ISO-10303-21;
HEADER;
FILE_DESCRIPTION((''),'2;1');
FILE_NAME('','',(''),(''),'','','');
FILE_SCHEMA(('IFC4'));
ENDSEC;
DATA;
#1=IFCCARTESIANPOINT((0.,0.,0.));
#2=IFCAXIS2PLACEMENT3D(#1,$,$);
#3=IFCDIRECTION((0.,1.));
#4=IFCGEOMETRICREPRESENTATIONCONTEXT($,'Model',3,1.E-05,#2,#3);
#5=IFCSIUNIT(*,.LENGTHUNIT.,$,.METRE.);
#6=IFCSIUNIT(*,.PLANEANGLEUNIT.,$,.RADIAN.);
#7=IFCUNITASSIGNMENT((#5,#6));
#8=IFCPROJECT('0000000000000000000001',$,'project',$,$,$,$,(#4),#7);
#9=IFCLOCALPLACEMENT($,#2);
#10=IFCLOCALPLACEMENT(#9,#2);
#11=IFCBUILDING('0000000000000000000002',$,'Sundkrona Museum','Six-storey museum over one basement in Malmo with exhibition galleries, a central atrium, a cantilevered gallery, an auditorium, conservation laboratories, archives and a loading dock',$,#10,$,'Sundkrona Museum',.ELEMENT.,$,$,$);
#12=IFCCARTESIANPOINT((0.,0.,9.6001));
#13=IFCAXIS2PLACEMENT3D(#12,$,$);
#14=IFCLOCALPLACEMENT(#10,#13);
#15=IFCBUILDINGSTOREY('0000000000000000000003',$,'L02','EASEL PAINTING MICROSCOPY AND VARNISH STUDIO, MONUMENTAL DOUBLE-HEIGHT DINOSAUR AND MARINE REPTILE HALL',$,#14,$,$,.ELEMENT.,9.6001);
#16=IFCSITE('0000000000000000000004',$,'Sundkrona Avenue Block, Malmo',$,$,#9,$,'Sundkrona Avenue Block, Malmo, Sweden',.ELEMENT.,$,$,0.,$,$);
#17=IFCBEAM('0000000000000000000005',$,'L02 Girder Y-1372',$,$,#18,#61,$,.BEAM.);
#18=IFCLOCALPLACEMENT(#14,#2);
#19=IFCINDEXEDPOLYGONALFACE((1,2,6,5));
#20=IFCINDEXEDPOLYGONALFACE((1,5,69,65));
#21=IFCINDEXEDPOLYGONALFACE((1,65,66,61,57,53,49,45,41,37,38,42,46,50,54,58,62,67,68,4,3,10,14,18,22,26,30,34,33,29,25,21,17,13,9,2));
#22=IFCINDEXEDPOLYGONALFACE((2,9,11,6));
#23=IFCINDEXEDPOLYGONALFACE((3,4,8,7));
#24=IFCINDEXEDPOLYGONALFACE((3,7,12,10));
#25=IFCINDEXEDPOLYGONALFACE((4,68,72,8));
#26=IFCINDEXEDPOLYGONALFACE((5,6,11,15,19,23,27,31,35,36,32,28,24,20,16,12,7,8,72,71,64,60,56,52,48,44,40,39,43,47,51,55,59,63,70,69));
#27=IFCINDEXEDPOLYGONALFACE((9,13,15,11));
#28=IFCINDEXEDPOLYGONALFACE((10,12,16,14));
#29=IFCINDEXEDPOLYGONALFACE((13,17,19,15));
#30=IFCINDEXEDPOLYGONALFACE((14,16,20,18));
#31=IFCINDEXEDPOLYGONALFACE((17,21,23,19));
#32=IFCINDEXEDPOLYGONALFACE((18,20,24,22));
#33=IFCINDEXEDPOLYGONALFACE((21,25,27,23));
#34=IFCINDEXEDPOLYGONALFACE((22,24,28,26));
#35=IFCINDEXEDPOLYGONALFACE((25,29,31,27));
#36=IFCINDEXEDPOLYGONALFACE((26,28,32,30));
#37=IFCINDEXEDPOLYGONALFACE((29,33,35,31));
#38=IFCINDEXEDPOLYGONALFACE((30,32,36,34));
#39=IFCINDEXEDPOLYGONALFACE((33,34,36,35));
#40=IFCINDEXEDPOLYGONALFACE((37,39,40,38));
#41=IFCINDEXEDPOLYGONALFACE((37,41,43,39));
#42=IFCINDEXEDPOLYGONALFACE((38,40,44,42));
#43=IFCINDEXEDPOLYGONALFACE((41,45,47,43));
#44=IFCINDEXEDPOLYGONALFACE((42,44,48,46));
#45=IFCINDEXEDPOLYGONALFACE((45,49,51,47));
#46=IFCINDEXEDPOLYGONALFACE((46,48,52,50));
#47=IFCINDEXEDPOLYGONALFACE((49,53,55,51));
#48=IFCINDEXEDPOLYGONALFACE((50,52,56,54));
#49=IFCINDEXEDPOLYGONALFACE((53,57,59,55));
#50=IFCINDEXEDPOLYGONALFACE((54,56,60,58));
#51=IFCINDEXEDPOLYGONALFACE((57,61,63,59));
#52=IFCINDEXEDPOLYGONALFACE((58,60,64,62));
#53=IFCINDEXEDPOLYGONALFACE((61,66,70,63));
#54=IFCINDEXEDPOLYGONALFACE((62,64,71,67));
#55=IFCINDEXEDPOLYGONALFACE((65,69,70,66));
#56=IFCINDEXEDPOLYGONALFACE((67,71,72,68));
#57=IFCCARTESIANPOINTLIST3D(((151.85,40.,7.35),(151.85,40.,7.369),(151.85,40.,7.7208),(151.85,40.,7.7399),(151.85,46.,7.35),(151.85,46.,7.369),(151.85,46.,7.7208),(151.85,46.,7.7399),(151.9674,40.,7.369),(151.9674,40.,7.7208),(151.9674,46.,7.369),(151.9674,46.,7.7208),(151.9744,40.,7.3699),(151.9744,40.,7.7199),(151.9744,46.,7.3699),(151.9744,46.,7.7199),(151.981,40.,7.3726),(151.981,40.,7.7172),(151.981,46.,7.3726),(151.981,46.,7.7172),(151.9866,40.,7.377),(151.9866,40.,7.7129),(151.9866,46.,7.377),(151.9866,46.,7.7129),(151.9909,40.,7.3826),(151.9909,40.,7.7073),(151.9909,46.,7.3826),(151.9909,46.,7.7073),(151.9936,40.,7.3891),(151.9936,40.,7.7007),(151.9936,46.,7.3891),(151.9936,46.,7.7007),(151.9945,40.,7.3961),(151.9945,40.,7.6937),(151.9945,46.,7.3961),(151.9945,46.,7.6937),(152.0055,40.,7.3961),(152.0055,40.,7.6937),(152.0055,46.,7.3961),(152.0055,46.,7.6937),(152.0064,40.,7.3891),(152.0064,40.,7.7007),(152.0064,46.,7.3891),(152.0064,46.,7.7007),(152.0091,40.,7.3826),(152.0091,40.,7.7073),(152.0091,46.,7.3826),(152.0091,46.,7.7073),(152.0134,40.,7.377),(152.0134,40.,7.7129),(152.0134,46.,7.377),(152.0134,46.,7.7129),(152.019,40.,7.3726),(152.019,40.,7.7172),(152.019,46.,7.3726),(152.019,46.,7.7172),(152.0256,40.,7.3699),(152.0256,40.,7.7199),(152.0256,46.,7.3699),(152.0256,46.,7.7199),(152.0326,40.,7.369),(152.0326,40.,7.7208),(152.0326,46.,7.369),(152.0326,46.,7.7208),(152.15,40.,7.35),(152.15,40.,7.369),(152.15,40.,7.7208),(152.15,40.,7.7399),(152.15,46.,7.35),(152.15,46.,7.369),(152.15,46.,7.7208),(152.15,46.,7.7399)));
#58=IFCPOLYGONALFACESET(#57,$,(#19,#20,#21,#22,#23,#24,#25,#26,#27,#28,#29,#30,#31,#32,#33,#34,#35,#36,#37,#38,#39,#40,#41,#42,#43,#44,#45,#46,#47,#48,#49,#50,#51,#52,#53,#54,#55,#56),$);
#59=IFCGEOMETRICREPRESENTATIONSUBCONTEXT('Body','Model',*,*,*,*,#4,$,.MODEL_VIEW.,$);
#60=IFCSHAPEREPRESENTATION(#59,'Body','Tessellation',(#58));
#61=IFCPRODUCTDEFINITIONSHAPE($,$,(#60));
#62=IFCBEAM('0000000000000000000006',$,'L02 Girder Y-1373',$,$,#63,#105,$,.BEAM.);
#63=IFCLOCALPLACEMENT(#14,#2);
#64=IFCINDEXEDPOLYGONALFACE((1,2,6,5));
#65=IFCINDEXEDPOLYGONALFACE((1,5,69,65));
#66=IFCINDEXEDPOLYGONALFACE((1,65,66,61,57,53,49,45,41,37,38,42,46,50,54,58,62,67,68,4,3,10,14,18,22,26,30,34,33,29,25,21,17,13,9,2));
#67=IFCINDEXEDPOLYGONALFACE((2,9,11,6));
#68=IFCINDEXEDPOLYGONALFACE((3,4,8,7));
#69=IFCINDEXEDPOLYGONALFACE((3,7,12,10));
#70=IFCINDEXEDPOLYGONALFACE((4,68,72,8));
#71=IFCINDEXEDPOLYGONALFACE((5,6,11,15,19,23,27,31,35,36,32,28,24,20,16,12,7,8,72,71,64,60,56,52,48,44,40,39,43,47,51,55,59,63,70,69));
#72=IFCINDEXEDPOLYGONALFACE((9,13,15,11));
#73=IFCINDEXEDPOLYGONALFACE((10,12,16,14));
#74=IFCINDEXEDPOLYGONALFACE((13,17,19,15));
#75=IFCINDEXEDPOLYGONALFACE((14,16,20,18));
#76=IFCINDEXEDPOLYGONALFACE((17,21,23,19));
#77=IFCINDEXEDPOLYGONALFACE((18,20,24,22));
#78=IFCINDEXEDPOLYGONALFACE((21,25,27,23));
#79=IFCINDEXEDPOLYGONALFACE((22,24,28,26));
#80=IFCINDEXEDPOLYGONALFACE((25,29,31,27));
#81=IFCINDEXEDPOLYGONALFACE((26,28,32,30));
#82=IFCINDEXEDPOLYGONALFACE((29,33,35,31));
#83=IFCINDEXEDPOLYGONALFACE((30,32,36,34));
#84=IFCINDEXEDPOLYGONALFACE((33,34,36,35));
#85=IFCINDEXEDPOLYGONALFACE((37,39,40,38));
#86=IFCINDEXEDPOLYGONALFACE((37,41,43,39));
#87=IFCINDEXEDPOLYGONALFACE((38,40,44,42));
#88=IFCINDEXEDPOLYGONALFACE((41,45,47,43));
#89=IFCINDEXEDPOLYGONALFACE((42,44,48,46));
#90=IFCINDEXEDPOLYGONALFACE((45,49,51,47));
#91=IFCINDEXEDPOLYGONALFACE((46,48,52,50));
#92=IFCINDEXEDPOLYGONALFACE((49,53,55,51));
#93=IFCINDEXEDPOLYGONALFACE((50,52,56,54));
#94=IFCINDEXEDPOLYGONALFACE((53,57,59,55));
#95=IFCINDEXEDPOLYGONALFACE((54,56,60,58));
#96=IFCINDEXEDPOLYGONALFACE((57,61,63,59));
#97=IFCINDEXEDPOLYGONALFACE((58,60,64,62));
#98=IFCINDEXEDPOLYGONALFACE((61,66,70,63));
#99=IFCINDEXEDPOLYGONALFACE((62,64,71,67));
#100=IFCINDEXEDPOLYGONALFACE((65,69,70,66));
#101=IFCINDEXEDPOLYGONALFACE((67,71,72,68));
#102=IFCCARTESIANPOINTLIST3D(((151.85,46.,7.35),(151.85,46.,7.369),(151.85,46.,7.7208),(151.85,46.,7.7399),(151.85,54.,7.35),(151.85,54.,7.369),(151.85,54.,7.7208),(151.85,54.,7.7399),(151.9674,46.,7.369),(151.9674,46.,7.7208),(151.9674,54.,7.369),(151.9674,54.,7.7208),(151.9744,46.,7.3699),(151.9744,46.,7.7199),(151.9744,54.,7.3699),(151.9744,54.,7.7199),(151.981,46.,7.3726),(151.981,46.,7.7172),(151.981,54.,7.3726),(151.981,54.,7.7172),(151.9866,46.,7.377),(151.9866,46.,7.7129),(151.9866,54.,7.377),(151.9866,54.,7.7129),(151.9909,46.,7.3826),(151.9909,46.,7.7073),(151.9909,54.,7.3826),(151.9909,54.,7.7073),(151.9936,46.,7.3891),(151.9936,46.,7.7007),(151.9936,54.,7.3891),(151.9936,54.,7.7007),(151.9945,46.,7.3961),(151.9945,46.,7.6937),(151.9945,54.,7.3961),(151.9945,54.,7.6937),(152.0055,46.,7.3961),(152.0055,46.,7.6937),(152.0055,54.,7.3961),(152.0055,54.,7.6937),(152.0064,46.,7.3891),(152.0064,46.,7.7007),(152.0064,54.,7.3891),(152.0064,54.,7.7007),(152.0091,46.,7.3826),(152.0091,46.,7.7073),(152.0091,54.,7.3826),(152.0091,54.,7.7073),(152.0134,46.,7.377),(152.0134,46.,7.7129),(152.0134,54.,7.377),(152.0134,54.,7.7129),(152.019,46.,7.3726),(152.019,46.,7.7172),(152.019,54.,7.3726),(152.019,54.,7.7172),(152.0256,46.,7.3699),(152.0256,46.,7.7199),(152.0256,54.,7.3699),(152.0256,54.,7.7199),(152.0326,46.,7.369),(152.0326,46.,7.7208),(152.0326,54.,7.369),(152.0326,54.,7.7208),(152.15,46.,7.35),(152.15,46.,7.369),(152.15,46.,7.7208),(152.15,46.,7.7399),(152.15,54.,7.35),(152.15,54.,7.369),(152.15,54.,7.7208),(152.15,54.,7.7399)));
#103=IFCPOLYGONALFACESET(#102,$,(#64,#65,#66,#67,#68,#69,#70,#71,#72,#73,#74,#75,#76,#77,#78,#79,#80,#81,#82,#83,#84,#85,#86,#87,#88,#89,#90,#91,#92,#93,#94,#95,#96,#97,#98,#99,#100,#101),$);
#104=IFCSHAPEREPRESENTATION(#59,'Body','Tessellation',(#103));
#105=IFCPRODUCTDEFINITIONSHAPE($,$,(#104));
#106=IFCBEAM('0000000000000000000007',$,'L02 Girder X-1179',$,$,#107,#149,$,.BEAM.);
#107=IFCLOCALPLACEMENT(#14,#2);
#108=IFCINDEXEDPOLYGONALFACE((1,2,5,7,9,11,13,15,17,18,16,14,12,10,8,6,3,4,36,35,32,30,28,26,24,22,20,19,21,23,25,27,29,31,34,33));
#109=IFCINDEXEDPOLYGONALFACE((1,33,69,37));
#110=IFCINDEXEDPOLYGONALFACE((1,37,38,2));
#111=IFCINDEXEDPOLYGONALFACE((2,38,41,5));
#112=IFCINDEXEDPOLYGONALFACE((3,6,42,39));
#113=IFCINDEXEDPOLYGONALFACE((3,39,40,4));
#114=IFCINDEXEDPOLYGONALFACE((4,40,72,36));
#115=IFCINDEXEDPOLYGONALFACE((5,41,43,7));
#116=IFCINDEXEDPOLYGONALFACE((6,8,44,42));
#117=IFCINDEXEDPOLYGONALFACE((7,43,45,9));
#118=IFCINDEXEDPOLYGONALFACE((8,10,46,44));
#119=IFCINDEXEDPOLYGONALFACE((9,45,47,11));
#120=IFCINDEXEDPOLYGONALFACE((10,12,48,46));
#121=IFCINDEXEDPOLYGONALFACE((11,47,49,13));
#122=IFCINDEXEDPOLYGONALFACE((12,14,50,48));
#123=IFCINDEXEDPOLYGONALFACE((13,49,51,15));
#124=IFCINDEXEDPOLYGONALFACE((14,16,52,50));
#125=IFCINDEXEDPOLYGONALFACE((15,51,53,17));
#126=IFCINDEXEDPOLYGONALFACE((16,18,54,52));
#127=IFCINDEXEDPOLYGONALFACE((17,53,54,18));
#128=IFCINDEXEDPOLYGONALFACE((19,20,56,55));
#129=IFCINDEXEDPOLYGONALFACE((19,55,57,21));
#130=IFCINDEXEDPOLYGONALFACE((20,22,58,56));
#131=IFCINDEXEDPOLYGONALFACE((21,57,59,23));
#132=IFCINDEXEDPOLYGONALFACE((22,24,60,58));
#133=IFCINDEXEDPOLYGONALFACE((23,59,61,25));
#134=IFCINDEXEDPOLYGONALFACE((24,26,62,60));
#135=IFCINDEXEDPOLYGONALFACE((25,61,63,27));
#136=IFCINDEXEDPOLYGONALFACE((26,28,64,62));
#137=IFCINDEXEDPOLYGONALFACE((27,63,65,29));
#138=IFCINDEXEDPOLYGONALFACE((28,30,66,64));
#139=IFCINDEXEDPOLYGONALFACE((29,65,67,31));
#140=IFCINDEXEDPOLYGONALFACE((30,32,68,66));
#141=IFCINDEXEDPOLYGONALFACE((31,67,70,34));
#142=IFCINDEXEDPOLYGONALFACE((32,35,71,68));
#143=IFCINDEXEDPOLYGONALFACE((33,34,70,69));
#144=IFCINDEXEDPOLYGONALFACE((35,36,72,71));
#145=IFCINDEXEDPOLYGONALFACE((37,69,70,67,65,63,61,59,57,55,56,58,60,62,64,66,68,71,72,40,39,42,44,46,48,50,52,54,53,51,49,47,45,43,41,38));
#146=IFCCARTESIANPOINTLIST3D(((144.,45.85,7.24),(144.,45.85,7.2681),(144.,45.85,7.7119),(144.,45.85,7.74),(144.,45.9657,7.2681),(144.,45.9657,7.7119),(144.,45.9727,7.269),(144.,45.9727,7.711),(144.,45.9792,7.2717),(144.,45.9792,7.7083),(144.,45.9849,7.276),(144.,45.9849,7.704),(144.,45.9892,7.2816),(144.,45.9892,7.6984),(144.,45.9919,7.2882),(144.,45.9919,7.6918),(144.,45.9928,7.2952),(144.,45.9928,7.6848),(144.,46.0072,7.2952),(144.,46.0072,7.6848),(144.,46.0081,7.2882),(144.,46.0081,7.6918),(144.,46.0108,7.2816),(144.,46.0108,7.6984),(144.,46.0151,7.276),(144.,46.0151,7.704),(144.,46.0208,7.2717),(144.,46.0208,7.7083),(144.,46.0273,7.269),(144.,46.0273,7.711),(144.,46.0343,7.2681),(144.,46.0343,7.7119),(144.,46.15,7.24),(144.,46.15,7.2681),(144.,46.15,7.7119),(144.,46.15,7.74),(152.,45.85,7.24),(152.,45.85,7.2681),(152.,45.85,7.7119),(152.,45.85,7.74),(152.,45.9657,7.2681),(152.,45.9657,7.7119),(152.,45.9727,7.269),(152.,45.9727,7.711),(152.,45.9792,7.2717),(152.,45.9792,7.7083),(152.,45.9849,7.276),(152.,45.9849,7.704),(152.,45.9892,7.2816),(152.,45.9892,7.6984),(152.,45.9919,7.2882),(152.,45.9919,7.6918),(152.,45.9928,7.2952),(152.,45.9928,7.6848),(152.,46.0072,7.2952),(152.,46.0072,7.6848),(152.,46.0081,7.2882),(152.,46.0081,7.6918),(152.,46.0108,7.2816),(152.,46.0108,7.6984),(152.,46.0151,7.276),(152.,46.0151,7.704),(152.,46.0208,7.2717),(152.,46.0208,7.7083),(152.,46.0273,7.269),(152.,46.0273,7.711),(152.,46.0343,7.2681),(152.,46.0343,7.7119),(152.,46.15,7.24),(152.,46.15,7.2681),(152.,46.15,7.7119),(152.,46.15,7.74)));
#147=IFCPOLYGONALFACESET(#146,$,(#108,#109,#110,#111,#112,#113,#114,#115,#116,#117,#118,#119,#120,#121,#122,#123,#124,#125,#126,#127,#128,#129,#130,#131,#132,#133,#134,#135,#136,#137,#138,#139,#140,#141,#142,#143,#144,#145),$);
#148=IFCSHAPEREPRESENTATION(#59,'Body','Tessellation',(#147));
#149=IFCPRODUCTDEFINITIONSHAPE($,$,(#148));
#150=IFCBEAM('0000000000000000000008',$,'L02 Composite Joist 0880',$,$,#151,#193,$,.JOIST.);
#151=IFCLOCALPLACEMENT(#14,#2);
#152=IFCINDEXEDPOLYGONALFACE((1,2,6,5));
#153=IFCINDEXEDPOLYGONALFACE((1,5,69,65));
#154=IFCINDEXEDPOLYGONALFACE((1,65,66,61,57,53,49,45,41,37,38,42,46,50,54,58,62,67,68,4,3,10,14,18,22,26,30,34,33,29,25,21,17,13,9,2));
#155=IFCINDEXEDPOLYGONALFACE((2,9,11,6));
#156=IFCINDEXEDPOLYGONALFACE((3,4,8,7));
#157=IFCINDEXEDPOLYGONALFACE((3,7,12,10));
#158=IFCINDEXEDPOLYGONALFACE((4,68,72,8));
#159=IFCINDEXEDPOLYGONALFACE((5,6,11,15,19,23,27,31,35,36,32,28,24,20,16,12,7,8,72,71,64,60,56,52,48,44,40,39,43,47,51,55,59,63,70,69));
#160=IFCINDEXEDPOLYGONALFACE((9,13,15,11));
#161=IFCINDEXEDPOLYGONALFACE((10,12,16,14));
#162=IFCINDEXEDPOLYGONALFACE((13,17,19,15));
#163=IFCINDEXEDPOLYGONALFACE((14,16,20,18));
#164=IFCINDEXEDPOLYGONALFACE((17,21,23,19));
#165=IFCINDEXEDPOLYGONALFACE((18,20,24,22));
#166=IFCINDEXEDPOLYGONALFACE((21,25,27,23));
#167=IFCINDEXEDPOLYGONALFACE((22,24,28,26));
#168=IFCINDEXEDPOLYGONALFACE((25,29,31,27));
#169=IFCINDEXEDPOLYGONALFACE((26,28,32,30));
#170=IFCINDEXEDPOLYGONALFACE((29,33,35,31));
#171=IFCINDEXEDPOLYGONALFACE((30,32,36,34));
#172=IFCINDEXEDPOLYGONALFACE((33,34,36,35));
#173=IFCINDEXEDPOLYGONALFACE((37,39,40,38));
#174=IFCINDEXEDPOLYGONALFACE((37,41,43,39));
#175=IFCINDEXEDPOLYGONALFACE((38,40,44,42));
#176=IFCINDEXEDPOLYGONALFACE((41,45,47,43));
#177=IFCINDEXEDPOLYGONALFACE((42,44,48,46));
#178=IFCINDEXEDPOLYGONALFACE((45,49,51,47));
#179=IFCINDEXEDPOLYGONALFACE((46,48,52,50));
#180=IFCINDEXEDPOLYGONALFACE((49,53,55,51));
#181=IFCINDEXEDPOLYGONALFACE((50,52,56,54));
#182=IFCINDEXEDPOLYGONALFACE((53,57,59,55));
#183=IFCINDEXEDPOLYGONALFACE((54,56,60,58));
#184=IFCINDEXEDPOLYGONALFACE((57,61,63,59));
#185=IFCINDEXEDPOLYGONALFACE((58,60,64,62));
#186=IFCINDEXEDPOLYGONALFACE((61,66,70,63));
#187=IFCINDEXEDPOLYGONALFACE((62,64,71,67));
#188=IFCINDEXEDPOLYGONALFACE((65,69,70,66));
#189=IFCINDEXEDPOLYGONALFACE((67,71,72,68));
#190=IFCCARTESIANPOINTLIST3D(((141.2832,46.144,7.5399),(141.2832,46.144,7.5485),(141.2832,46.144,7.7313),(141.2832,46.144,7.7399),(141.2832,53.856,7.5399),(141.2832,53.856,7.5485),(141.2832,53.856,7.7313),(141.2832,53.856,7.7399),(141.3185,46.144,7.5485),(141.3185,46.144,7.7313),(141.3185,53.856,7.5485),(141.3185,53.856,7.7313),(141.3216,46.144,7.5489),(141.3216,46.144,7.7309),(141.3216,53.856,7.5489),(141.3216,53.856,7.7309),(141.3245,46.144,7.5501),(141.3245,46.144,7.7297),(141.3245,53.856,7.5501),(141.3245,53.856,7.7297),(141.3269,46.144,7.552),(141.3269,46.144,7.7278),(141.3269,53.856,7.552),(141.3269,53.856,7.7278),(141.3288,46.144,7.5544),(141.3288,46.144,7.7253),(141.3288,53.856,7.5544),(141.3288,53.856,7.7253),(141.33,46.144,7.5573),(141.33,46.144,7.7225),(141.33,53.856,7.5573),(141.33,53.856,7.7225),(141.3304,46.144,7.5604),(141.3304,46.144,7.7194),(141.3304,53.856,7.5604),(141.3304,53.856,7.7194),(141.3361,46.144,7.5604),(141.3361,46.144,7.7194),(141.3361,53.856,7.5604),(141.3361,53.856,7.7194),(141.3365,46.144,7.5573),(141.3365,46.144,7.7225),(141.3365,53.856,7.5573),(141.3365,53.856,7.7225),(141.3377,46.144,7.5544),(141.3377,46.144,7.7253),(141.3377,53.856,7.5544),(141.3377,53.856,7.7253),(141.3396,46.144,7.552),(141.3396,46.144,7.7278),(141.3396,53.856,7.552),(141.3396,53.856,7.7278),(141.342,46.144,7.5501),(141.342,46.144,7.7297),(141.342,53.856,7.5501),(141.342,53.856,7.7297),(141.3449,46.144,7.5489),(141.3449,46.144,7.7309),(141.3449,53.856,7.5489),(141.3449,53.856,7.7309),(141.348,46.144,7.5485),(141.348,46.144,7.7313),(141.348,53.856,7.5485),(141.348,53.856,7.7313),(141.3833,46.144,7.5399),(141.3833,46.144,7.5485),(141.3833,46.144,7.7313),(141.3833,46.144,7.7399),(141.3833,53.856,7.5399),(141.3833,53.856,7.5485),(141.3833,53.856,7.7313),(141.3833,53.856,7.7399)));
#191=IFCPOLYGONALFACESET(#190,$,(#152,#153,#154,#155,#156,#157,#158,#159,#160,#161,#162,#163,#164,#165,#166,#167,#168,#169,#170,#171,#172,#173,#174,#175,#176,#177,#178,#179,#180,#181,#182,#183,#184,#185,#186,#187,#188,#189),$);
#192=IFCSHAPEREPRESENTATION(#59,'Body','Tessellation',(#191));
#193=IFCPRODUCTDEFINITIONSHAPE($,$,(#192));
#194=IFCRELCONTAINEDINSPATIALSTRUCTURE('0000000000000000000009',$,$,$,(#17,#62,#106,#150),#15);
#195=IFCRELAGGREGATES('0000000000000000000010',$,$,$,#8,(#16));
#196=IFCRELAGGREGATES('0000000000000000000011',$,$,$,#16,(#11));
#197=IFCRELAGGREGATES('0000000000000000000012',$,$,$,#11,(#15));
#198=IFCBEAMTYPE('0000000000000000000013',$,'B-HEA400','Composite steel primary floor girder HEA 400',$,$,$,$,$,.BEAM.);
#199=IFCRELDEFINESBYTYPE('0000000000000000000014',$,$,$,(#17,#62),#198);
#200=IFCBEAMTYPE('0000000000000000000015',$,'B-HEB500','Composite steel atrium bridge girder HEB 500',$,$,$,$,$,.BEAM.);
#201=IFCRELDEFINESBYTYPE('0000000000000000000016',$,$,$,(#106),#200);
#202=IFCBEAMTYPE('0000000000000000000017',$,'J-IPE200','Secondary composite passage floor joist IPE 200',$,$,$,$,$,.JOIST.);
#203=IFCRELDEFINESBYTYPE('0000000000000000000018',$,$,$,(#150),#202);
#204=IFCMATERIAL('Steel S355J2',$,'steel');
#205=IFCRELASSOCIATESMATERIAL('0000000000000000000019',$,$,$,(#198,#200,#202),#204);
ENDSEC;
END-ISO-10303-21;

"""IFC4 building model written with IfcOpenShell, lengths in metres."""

from ifc_helpers import new_model, si_unit, direction, frame, origin, origin_2d, place, context, subcontext, project, spatial, i_section, extrude, material, material_profile, profile_set, type_object, element, save


model = new_model("IFC4")

# Units and contexts
model_context = context("Model", 3, precision=1e-05, world=origin(), true_north=direction((0.0, 1.0)))
body_context = subcontext(model_context, "Body", "Model", "MODEL_VIEW")
ifc_project = project(units=[si_unit("LENGTHUNIT", "METRE"), si_unit("PLANEANGLEUNIT", "RADIAN")], contexts=[model_context])

# Site, building, storey
site_placement = place(None, origin())
site = spatial("IfcSite", under=ifc_project, at=site_placement, Name="Sundkrona Avenue Block, Malmo", LongName="Sundkrona Avenue Block, Malmo, Sweden", CompositionType="ELEMENT", RefElevation=0.0)
building_placement = place(site_placement, origin())
building = spatial("IfcBuilding", under=site, at=building_placement, Name="Sundkrona Museum", Description="Six-storey museum over one basement in Malmo with exhibition galleries, a central atrium, a cantilevered gallery, an auditorium, conservation laboratories, archives and a loading dock", LongName="Sundkrona Museum", CompositionType="ELEMENT")
storey_placement = place(building_placement, frame((0.0, 0.0, 9.6001)))
storey = spatial("IfcBuildingStorey", under=building, at=storey_placement, Name="L02", Description="EASEL PAINTING MICROSCOPY AND VARNISH STUDIO, MONUMENTAL DOUBLE-HEIGHT DINOSAUR AND MARINE REPTILE HALL", CompositionType="ELEMENT", Elevation=9.6001)

# Shared definitions
ifc_material_1 = material(Name="Steel S355J2", Category="steel")

# Beams
ifc_material_profile_1 = material_profile(ifc_material_1, i_section(OverallWidth=0.3, OverallDepth=0.3899, WebThickness=0.011, FlangeThickness=0.019, FilletRadius=0.0271, at=origin_2d()), Name="HEA 400")
ifc_profile_set_1 = profile_set([ifc_material_profile_1], Name="Steel S355J2")
beam_type_1 = type_object("IfcBeamType", Name="B-HEA400", Description="Composite steel primary floor girder HEA 400", PredefinedType="BEAM", material=ifc_profile_set_1)
beam_1_placement = place(storey_placement, frame((152.0, 40.0, 7.5449), z_axis=(0.0, 1.0, 0.0), x_axis=(-1.0, 0.0, 0.0)))
element("IfcBeam", 1, at=beam_1_placement, inside=storey, type_object=beam_type_1, Name="L02 Girder Y-1372", PredefinedType="BEAM", context=body_context, shape_type="SweptSolid", body=[
    extrude(i_section(OverallWidth=0.3, OverallDepth=0.3899, WebThickness=0.011, FlangeThickness=0.019, FilletRadius=0.0271, at=origin_2d()), origin(), (0.0, 0.0, 1.0), 6.0),
])
beam_2_placement = place(storey_placement, frame((152.0, 46.0, 7.5449), z_axis=(0.0, 1.0, 0.0), x_axis=(-1.0, 0.0, 0.0)))
element("IfcBeam", 2, at=beam_2_placement, inside=storey, type_object=beam_type_1, Name="L02 Girder Y-1373", PredefinedType="BEAM", context=body_context, shape_type="SweptSolid", body=[
    extrude(i_section(OverallWidth=0.3, OverallDepth=0.3899, WebThickness=0.011, FlangeThickness=0.019, FilletRadius=0.0271, at=origin_2d()), origin(), (0.0, 0.0, 1.0), 8.0),
])
ifc_material_profile_2 = material_profile(ifc_material_1, i_section(OverallWidth=0.3, OverallDepth=0.5, WebThickness=0.0144, FlangeThickness=0.0281, FilletRadius=0.0271, at=origin_2d()), Name="HEB 500")
ifc_profile_set_2 = profile_set([ifc_material_profile_2], Name="Steel S355J2")
beam_type_2 = type_object("IfcBeamType", Name="B-HEB500", Description="Composite steel atrium bridge girder HEB 500", PredefinedType="BEAM", material=ifc_profile_set_2)
beam_3_placement = place(storey_placement, frame((144.0, 46.0, 7.49), z_axis=(1.0, 0.0, 0.0), x_axis=(0.0, 1.0, 0.0)))
element("IfcBeam", 3, at=beam_3_placement, inside=storey, type_object=beam_type_2, Name="L02 Girder X-1179", PredefinedType="BEAM", context=body_context, shape_type="SweptSolid", body=[
    extrude(i_section(OverallWidth=0.3, OverallDepth=0.5, WebThickness=0.0144, FlangeThickness=0.0281, FilletRadius=0.0271, at=origin_2d()), origin(), (0.0, 0.0, 1.0), 8.0),
])
ifc_material_profile_3 = material_profile(ifc_material_1, i_section(OverallWidth=0.1001, OverallDepth=0.2, WebThickness=0.0056, FlangeThickness=0.0085, FilletRadius=0.012, at=origin_2d()), Name="IPE 200")
ifc_profile_set_3 = profile_set([ifc_material_profile_3], Name="Steel S355J2")
beam_type_3 = type_object("IfcBeamType", Name="J-IPE200", Description="Secondary composite passage floor joist IPE 200", PredefinedType="JOIST", material=ifc_profile_set_3)
beam_4_placement = place(storey_placement, frame((141.3333, 46.144, 7.6399), z_axis=(0.0, 1.0, 0.0), x_axis=(-1.0, 0.0, 0.0)))
element("IfcBeam", 4, at=beam_4_placement, inside=storey, type_object=beam_type_3, Name="L02 Composite Joist 0880", PredefinedType="JOIST", context=body_context, shape_type="SweptSolid", body=[
    extrude(i_section(OverallWidth=0.1001, OverallDepth=0.2, WebThickness=0.0056, FlangeThickness=0.0085, FilletRadius=0.012, at=origin_2d()), origin(), (0.0, 0.0, 1.0), 7.7119),
])

save(model, "model.ifc")
